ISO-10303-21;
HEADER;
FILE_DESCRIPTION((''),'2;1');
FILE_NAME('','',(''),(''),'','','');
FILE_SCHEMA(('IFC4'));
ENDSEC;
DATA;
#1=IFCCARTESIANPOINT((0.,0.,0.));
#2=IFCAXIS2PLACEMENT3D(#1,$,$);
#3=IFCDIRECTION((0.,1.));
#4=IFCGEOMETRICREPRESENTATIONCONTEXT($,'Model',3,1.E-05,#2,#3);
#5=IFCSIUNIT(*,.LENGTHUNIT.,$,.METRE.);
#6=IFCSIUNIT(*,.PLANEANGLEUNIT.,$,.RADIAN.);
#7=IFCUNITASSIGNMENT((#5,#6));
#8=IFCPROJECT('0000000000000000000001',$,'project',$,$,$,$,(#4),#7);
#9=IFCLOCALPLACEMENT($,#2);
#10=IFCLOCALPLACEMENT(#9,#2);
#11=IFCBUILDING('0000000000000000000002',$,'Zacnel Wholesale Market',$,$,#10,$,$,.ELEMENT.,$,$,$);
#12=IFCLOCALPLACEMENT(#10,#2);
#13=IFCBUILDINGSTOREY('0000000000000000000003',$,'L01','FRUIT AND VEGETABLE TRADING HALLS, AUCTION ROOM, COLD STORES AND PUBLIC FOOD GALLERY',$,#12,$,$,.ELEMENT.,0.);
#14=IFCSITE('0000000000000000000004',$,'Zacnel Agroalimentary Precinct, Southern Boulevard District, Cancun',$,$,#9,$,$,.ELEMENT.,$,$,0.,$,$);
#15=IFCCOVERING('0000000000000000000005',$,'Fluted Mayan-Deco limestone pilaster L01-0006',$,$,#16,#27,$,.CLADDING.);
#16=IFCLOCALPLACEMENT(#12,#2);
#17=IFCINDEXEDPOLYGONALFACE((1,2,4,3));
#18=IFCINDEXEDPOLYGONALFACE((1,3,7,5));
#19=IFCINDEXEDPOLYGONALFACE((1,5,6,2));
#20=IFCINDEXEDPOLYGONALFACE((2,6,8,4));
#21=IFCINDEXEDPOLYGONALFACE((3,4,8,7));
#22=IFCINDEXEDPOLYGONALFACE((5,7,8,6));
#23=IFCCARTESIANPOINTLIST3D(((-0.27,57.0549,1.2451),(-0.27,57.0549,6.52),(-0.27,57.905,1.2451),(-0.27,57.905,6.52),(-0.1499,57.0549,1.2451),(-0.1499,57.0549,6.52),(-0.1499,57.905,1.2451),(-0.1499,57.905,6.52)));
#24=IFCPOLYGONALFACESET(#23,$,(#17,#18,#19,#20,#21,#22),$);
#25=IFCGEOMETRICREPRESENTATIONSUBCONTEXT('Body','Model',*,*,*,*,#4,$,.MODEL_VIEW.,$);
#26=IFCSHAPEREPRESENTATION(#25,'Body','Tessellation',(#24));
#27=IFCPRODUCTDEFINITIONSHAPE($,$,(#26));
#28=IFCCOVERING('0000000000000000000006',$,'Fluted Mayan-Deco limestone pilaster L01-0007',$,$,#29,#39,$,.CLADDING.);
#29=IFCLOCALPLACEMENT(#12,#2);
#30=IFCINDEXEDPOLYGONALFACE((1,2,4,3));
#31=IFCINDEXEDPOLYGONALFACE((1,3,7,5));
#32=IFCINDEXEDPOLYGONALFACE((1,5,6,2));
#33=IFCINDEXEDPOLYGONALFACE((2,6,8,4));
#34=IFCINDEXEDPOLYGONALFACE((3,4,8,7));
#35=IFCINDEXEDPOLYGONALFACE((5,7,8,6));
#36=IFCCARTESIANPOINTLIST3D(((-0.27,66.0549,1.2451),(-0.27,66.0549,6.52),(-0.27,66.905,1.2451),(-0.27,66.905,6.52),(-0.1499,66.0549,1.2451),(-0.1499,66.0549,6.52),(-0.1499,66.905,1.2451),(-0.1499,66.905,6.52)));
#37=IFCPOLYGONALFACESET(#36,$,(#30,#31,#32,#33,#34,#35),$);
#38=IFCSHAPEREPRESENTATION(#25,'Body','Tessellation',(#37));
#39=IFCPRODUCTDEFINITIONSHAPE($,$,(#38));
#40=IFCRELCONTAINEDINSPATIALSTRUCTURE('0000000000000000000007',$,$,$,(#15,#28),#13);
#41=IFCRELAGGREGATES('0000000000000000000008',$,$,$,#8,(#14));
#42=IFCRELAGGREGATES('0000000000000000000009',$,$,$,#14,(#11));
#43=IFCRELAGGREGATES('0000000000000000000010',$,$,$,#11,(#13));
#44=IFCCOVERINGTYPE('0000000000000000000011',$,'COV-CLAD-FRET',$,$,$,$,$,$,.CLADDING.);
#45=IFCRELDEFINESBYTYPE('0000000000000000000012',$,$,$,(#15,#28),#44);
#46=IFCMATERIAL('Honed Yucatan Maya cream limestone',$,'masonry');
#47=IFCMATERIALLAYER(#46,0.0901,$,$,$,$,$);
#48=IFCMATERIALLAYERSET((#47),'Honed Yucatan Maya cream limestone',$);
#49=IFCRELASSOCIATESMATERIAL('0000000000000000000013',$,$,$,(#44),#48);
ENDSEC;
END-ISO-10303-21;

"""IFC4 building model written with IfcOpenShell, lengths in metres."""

from ifc_helpers import new_model, si_unit, direction, frame, origin, origin_2d, place, context, subcontext, project, spatial, rectangle, extrude, material, layer, layer_set, type_object, element, save


model = new_model("IFC4")

# Units and contexts
model_context = context("Model", 3, precision=1e-05, world=origin(), true_north=direction((0.0, 1.0)))
body_context = subcontext(model_context, "Body", "Model", "MODEL_VIEW")
ifc_project = project(units=[si_unit("LENGTHUNIT", "METRE"), si_unit("PLANEANGLEUNIT", "RADIAN")], contexts=[model_context])

# Site, building, storey
site_placement = place(None, origin())
site = spatial("IfcSite", under=ifc_project, at=site_placement, Name="Zacnel Agroalimentary Precinct, Southern Boulevard District, Cancun", CompositionType="ELEMENT", RefElevation=0.0)
building_placement = place(site_placement, origin())
building = spatial("IfcBuilding", under=site, at=building_placement, Name="Zacnel Wholesale Market", CompositionType="ELEMENT")
storey_placement = place(building_placement, origin())
storey = spatial("IfcBuildingStorey", under=building, at=storey_placement, Name="L01", Description="FRUIT AND VEGETABLE TRADING HALLS, AUCTION ROOM, COLD STORES AND PUBLIC FOOD GALLERY", CompositionType="ELEMENT", Elevation=0.0)

# Coverings
ifc_material_1 = material(Name="Honed Yucatan Maya cream limestone", Category="masonry")
ifc_layer_1 = layer(ifc_material_1, 0.0901)
ifc_layer_set_1 = layer_set([ifc_layer_1], Name="Honed Yucatan Maya cream limestone")
covering_type = type_object("IfcCoveringType", Name="COV-CLAD-FRET", PredefinedType="CLADDING", material=ifc_layer_set_1)
for number, where, z_axis, x_axis, name in (
    (1, (-0.21, 57.48, 1.2451), (0.0, 0.0, 1.0), (0.0, 1.0, 0.0), "Fluted Mayan-Deco limestone pilaster L01-0006"),
    (2, (-0.21, 66.48, 1.2451), (0.0, 0.0, 1.0), (0.0, 1.0, 0.0), "Fluted Mayan-Deco limestone pilaster L01-0007"),
):
    element("IfcCovering", number, at=place(storey_placement, frame(where, z_axis=z_axis, x_axis=x_axis)), inside=storey, type_object=covering_type, Name=name, PredefinedType="CLADDING", context=body_context, shape_type="SweptSolid", body=[
        extrude(rectangle(XDim=0.8501, YDim=0.1201, at=origin_2d()), origin(), (0.0, 0.0, 1.0), 5.2749),
    ])

save(model, "model.ifc")
